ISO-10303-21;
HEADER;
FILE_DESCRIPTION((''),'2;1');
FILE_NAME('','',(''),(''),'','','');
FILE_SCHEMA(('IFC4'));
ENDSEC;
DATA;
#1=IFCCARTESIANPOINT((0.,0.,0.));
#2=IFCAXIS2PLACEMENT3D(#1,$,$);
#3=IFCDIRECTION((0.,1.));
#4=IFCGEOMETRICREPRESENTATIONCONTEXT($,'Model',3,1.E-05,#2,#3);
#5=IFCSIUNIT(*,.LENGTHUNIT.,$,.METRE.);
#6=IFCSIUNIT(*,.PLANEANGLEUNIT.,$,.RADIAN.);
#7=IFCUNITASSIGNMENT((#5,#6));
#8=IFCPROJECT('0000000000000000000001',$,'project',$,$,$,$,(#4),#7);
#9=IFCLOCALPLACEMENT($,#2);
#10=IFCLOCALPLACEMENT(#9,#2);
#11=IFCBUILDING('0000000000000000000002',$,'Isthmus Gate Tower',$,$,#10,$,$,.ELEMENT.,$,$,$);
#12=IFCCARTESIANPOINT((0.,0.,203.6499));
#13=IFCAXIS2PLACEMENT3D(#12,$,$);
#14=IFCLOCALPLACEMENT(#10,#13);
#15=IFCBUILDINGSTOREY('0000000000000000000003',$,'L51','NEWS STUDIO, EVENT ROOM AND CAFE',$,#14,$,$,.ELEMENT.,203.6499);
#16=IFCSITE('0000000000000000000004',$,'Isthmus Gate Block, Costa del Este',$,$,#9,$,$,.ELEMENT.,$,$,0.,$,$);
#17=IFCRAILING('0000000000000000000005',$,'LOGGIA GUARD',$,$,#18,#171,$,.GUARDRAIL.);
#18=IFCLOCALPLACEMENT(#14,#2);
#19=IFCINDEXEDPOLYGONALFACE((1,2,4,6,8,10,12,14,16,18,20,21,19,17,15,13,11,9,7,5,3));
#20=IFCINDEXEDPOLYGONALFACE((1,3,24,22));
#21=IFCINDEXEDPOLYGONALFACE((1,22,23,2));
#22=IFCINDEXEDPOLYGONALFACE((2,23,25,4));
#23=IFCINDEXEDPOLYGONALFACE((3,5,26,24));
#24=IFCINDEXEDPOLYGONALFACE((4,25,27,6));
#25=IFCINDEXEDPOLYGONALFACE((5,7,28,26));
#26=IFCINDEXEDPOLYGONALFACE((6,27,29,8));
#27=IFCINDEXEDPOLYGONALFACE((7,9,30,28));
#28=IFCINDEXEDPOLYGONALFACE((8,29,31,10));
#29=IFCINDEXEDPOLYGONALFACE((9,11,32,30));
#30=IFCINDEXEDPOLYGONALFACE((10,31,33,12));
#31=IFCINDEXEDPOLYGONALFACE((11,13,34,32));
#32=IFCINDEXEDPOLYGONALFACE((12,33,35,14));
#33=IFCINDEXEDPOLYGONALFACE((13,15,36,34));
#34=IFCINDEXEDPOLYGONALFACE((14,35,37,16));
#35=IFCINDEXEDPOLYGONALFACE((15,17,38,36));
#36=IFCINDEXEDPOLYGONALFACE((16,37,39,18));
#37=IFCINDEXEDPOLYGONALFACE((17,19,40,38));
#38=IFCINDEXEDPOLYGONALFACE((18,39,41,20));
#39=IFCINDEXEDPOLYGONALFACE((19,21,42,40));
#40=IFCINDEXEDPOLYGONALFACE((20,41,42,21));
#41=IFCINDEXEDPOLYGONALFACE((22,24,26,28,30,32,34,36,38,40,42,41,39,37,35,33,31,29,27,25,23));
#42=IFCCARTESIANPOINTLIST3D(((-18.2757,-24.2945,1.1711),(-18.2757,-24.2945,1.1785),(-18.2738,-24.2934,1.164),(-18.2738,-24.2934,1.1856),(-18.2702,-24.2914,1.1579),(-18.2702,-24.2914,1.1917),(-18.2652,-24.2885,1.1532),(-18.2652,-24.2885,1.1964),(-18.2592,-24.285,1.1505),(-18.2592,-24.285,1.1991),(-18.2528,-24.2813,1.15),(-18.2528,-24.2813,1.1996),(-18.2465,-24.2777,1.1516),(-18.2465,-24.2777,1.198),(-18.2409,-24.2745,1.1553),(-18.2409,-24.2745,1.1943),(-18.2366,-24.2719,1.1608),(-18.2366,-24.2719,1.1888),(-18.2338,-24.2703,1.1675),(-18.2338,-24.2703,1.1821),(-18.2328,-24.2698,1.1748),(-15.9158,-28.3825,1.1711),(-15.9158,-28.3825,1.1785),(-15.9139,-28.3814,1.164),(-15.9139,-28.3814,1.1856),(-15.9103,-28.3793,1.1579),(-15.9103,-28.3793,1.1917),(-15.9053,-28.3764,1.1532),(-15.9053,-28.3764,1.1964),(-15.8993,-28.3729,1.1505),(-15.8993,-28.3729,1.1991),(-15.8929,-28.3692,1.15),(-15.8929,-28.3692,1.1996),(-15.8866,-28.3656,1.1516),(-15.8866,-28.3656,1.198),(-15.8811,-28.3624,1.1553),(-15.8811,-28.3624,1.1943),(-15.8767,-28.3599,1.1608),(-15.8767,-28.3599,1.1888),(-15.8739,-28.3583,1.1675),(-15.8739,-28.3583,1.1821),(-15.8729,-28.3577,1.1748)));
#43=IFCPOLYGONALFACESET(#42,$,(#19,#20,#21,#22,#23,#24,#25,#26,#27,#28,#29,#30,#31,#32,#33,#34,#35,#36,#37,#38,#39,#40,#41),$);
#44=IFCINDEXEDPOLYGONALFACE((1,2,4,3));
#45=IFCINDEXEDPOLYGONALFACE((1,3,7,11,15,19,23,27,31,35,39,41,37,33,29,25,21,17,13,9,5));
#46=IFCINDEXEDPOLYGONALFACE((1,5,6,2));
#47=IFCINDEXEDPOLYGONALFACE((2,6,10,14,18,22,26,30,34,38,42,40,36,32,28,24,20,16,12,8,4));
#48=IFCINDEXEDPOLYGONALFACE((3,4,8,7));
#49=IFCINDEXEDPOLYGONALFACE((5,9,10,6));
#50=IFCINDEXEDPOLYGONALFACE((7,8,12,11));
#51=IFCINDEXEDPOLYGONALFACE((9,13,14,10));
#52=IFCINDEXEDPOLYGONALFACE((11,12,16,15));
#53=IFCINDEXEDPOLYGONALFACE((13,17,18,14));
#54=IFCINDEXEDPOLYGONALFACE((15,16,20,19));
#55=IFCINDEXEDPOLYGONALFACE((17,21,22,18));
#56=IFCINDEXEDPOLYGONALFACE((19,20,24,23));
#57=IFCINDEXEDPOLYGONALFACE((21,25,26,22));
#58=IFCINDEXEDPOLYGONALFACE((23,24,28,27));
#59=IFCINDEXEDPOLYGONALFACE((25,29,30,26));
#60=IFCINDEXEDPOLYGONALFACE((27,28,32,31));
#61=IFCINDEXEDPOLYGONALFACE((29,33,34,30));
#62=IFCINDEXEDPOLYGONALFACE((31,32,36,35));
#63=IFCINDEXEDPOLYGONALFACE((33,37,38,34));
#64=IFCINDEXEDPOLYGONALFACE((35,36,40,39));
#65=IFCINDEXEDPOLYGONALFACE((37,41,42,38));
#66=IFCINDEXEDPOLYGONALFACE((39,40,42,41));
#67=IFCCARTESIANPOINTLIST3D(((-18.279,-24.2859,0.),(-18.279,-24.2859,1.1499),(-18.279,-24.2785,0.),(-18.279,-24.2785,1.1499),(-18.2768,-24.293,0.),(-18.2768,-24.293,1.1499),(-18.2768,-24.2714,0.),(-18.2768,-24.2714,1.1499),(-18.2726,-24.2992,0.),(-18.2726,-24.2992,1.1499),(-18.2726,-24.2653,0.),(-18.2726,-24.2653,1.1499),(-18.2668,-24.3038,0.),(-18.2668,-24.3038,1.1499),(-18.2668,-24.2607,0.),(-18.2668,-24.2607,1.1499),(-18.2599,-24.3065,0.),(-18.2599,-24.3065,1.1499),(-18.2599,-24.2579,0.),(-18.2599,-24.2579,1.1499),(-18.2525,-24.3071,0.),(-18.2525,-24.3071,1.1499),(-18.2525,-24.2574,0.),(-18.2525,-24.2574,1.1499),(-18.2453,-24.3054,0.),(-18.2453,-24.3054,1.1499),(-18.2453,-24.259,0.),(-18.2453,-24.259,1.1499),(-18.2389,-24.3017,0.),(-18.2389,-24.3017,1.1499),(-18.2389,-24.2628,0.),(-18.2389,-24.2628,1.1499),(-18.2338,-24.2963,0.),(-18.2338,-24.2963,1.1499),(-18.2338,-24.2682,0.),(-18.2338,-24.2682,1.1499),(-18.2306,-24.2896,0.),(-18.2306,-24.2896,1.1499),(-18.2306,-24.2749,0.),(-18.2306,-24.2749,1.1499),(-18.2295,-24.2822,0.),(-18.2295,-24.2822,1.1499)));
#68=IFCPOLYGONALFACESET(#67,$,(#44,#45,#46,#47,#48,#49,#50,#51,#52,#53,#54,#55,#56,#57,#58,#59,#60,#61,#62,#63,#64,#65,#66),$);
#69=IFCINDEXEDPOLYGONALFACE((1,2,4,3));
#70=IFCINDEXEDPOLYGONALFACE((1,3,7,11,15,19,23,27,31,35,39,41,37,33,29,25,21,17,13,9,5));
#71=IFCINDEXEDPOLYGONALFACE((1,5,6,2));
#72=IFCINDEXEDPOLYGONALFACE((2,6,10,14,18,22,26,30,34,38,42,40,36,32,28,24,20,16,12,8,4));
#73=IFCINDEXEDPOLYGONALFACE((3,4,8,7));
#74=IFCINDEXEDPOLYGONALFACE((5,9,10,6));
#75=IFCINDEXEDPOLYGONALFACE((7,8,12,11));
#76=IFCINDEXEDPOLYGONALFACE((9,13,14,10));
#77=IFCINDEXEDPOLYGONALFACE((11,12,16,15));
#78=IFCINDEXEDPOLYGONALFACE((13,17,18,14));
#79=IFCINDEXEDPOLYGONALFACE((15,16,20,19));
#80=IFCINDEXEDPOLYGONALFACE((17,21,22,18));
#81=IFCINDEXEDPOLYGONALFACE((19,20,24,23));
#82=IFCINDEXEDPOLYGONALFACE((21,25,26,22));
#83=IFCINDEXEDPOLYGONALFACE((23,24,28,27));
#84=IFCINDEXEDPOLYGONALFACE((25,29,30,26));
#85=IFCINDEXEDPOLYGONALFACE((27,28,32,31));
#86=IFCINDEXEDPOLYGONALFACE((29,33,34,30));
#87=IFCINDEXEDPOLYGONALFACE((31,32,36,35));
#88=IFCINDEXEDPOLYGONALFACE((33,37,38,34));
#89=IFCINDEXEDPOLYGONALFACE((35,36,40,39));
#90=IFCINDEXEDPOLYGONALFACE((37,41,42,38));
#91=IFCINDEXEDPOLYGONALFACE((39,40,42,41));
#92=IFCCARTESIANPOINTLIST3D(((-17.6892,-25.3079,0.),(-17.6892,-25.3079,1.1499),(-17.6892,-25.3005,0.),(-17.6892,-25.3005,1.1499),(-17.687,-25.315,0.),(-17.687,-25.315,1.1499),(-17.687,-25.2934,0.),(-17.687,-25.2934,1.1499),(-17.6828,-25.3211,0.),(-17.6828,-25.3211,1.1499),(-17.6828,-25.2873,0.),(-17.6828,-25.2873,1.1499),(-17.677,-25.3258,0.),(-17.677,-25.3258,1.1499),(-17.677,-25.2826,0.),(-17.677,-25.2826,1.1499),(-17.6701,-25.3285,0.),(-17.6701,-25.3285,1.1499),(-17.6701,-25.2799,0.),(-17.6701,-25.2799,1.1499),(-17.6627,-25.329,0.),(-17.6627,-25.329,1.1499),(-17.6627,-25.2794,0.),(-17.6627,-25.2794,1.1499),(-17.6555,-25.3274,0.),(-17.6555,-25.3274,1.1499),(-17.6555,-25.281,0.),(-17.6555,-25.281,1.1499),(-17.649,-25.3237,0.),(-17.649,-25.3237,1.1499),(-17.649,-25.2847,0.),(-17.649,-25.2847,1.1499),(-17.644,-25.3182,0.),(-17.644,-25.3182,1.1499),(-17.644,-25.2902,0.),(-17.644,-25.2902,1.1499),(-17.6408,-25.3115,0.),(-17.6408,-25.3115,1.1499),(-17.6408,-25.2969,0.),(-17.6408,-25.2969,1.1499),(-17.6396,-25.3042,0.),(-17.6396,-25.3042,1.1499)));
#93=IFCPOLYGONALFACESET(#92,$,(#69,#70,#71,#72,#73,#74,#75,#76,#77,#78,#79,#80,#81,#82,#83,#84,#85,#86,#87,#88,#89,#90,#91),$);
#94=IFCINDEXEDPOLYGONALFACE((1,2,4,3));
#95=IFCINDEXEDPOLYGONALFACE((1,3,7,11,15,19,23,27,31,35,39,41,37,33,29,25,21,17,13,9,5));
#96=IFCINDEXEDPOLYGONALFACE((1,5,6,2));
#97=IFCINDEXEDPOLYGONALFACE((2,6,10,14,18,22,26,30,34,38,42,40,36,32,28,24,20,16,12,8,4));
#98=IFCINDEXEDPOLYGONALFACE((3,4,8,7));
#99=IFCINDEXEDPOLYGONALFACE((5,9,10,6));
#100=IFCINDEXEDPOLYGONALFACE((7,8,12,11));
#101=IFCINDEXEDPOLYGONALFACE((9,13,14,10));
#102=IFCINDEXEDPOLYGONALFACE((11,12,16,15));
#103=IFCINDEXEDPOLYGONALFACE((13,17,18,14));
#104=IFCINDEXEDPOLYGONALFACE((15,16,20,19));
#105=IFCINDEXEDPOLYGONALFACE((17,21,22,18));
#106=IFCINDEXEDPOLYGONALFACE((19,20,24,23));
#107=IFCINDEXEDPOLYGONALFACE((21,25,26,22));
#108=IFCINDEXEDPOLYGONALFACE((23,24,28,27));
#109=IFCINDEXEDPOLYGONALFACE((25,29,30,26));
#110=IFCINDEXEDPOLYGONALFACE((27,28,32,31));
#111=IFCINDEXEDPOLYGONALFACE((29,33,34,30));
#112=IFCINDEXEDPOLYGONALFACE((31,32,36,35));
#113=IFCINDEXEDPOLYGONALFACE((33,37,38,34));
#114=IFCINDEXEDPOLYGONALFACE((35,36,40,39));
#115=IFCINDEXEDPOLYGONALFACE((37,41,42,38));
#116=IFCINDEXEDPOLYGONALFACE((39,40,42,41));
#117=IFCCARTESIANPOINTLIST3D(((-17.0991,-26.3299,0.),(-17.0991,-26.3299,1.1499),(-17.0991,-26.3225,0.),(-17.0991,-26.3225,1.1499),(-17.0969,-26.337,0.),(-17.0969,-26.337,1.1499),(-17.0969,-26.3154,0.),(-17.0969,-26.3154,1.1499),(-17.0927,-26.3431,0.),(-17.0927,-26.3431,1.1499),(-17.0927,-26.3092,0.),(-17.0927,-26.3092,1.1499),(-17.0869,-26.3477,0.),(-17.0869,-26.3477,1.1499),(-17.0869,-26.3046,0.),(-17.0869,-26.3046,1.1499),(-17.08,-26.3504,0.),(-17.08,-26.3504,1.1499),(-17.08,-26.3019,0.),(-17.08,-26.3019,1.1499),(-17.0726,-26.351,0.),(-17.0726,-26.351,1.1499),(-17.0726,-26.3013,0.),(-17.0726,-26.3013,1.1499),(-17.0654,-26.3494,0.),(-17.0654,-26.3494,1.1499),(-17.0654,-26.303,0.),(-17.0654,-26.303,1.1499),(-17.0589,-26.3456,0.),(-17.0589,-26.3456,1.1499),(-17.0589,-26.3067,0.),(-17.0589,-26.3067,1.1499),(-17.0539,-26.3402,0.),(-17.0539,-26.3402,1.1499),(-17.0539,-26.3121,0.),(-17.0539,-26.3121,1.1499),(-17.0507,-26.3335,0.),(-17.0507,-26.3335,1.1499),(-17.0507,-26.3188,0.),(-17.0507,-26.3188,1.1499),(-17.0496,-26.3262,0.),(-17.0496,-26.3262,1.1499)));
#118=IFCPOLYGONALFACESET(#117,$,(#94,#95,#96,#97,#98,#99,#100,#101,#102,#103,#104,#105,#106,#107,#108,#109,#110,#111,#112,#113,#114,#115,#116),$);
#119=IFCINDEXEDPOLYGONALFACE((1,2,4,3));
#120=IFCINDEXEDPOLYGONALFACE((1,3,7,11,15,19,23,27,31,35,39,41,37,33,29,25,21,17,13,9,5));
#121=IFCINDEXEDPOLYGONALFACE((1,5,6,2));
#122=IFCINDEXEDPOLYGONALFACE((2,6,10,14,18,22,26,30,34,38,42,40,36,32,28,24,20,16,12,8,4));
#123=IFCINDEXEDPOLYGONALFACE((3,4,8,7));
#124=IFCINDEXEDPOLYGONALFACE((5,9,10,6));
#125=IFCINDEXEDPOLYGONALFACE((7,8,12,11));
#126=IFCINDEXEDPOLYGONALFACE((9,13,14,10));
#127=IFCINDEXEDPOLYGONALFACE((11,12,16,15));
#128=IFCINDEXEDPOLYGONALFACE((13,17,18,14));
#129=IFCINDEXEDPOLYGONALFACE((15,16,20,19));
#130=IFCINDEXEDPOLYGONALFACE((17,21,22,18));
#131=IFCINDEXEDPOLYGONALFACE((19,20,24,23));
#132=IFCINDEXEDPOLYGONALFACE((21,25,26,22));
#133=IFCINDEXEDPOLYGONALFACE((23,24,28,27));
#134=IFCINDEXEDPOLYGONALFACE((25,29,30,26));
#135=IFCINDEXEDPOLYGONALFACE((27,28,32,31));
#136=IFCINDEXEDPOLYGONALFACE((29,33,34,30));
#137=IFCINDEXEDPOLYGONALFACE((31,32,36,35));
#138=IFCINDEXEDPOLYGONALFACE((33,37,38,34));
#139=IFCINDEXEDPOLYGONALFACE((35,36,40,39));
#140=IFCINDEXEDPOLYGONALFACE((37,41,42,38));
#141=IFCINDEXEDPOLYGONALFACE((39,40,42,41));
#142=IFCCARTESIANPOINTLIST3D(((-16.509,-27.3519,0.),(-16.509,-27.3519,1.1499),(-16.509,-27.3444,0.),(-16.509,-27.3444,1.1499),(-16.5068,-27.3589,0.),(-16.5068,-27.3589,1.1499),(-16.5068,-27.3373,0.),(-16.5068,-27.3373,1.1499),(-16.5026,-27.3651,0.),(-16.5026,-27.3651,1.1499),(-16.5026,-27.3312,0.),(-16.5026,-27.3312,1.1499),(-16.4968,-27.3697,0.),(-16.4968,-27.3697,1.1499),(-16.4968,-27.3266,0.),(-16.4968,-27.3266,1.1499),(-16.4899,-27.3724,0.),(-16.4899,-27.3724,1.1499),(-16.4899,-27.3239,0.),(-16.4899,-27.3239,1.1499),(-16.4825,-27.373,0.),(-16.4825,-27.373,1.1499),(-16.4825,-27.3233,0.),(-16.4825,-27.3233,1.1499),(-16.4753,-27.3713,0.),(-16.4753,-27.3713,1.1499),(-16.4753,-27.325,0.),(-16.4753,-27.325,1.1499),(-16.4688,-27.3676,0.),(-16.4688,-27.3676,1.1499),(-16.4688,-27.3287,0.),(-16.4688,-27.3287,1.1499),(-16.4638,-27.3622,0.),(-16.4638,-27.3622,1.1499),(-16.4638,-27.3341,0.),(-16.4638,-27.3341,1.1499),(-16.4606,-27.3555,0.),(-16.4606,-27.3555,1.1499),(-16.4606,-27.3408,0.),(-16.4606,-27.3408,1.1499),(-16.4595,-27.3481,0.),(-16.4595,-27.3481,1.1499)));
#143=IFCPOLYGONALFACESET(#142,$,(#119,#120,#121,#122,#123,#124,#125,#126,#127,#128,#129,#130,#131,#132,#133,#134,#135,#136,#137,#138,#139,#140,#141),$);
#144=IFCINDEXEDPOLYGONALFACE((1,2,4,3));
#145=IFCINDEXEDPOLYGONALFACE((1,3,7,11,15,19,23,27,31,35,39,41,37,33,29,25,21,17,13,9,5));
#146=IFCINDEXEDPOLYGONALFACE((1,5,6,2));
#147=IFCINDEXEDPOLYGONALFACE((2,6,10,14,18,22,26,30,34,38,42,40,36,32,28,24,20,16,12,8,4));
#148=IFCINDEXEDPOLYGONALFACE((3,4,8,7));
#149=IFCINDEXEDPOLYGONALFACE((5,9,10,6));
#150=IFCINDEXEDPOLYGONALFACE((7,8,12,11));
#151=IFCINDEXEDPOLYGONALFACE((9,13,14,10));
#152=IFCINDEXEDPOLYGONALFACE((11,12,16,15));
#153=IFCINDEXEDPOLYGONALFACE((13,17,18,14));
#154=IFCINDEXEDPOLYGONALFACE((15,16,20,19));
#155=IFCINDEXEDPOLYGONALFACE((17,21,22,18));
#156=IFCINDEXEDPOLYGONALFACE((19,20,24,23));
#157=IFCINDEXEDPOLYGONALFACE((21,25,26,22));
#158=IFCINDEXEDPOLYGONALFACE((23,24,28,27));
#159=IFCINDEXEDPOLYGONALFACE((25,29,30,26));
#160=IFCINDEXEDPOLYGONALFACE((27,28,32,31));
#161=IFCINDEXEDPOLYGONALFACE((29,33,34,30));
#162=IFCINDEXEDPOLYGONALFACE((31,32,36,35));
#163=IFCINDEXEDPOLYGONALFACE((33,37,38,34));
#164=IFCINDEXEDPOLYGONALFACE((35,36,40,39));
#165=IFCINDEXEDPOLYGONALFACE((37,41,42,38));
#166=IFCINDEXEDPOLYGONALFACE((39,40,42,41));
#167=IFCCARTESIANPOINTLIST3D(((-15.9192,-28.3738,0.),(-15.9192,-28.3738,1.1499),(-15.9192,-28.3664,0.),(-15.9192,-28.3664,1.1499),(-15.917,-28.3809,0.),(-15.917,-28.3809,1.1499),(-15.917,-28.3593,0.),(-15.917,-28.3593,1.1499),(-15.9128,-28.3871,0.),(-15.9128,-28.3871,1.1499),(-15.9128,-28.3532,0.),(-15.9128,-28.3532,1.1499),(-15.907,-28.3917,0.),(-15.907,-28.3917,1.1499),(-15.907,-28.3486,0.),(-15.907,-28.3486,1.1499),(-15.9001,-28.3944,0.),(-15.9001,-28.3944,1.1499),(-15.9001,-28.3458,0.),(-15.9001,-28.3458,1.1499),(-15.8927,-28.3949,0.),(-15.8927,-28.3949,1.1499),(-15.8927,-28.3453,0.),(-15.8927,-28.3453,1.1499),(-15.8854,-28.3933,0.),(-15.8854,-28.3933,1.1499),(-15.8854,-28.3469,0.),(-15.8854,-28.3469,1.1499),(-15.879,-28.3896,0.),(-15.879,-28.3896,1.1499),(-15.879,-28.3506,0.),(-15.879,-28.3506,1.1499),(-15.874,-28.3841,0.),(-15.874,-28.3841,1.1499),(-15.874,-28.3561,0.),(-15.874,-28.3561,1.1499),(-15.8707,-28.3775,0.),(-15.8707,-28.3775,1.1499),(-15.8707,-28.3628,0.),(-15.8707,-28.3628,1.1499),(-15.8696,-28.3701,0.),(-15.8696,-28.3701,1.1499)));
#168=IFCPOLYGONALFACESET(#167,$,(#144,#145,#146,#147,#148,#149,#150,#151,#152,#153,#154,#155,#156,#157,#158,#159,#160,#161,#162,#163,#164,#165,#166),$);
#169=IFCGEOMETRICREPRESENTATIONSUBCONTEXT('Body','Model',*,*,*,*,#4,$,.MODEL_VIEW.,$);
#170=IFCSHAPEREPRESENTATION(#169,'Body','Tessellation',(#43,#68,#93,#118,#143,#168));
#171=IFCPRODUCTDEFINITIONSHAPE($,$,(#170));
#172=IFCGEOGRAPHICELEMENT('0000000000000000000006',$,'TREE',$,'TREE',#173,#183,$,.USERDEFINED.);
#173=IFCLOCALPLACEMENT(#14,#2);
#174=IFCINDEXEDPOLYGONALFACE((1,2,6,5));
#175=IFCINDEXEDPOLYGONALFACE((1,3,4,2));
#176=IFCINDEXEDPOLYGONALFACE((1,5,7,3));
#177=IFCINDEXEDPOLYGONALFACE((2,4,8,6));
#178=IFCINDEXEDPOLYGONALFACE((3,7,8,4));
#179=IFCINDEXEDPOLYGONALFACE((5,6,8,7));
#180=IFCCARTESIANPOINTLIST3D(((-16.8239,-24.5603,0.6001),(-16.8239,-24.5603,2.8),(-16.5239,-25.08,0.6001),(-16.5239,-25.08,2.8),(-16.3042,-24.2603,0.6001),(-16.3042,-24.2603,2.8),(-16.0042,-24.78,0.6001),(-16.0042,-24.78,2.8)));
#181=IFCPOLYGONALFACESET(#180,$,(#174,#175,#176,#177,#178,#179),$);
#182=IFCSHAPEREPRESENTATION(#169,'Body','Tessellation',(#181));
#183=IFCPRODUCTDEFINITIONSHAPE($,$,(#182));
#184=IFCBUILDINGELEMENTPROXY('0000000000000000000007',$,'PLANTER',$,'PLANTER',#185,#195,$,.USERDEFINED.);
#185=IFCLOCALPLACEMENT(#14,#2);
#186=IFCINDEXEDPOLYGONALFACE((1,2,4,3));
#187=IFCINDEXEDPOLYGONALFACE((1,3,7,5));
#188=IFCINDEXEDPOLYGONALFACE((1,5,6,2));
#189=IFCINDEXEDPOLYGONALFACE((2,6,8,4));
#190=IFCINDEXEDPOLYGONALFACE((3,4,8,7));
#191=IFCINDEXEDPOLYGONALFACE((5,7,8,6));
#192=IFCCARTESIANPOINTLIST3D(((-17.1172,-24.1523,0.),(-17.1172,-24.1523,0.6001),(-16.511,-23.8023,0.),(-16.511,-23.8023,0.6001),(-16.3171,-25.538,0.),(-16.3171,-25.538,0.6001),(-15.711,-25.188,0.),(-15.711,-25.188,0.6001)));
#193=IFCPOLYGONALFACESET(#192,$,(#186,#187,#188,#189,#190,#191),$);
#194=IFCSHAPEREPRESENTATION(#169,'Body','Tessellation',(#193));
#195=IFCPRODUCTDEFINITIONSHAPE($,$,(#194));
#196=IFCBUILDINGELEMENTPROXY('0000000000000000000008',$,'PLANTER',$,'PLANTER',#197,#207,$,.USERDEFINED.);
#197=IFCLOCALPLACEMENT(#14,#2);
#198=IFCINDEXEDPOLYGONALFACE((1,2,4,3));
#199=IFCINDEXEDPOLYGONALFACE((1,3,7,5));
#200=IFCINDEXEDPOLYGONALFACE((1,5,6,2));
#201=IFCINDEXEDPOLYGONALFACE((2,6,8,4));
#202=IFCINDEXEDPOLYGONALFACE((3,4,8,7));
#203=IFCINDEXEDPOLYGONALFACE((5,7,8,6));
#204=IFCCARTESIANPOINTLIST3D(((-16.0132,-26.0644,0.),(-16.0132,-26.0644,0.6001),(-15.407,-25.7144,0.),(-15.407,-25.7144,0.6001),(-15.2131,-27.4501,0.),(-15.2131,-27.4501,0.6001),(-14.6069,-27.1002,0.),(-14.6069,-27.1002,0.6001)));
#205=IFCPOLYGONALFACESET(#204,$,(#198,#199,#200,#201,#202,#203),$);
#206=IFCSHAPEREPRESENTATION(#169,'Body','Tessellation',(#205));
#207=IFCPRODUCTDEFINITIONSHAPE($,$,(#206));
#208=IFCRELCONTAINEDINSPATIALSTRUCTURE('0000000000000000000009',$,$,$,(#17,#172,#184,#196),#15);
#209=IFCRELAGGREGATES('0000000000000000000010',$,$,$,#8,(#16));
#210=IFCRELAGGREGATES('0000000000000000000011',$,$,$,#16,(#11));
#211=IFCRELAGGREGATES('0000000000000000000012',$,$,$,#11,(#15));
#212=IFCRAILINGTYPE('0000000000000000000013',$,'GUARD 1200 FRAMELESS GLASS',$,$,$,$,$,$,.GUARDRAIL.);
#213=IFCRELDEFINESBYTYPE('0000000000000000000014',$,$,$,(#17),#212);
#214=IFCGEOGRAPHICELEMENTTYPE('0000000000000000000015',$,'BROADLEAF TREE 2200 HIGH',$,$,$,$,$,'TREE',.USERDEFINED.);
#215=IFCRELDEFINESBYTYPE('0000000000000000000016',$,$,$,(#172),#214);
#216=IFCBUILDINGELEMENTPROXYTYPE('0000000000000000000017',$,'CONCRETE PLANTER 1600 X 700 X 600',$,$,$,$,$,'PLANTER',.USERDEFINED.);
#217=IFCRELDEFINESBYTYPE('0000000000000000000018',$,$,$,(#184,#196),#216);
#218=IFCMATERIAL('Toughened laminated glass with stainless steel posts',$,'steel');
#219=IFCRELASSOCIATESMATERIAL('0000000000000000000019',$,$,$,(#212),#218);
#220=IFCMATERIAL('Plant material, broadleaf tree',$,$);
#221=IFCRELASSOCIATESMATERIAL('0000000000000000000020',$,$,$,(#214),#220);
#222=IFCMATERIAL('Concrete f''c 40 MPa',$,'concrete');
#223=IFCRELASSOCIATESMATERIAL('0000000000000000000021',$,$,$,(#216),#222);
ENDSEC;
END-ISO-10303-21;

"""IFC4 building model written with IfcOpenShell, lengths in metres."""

from ifc_helpers import new_model, si_unit, direction, frame, origin, origin_2d, place, context, subcontext, project, spatial, rectangle, circle, extrude, material, type_object, element, save


model = new_model("IFC4")

# Units and contexts
model_context = context("Model", 3, precision=1e-05, world=origin(), true_north=direction((0.0, 1.0)))
body_context = subcontext(model_context, "Body", "Model", "MODEL_VIEW")
ifc_project = project(units=[si_unit("LENGTHUNIT", "METRE"), si_unit("PLANEANGLEUNIT", "RADIAN")], contexts=[model_context])

# Site, building, storey
site_placement = place(None, origin())
site = spatial("IfcSite", under=ifc_project, at=site_placement, Name="Isthmus Gate Block, Costa del Este", CompositionType="ELEMENT", RefElevation=0.0)
building_placement = place(site_placement, origin())
building = spatial("IfcBuilding", under=site, at=building_placement, Name="Isthmus Gate Tower", CompositionType="ELEMENT")
storey_placement = place(building_placement, frame((0.0, 0.0, 203.6499)))
storey = spatial("IfcBuildingStorey", under=building, at=storey_placement, Name="L51", Description="NEWS STUDIO, EVENT ROOM AND CAFE", CompositionType="ELEMENT", Elevation=203.6499)

# Railing
ifc_material_1 = material(Name="Toughened laminated glass with stainless steel posts", Category="steel")
railing_type = type_object("IfcRailingType", Name="GUARD 1200 FRAMELESS GLASS", PredefinedType="GUARDRAIL", material=ifc_material_1)
railing_placement = place(storey_placement, frame((-18.2544, -24.2822, 0.0)))
element("IfcRailing", 1, at=railing_placement, inside=storey, type_object=railing_type, Name="LOGGIA GUARD", PredefinedType="GUARDRAIL", context=body_context, shape_type="SweptSolid", body=[
    extrude(circle(Radius=0.0249, at=origin_2d()), frame((0.0, 0.0, 1.1748), z_axis=(0.499955, -0.866051, 0.0), x_axis=(0.866051, 0.499955, 0.0)), (0.0, 0.0, 1.0), 4.7202),
    extrude(circle(Radius=0.0249, at=origin_2d()), origin(), (0.0, 0.0, 1.0), 1.1499),
    extrude(circle(Radius=0.0249, at=origin_2d()), frame((0.5898, -1.022, 0.0)), (0.0, 0.0, 1.0), 1.1499),
    extrude(circle(Radius=0.0249, at=origin_2d()), frame((1.1799, -2.0439, 0.0)), (0.0, 0.0, 1.0), 1.1499),
    extrude(circle(Radius=0.0249, at=origin_2d()), frame((1.77, -3.0659, 0.0)), (0.0, 0.0, 1.0), 1.1499),
    extrude(circle(Radius=0.0249, at=origin_2d()), frame((2.3599, -4.0879, 0.0)), (0.0, 0.0, 1.0), 1.1499),
])

# Geographic element
ifc_material_2 = material(Name="Plant material, broadleaf tree")
geographic_element_type = type_object("IfcGeographicElementType", Name="BROADLEAF TREE 2200 HIGH", ElementType="TREE", PredefinedType="USERDEFINED", material=ifc_material_2)
geographic_element_placement = place(storey_placement, frame((-16.4141, -24.6702, 0.6001), z_axis=(0.0, 0.0, 1.0), x_axis=(0.5, -0.866025, 0.0)))
element("IfcGeographicElement", 2, at=geographic_element_placement, inside=storey, type_object=geographic_element_type, Name="TREE", ObjectType="TREE", PredefinedType="USERDEFINED", context=body_context, shape_type="SweptSolid", body=[
    extrude(rectangle(XDim=0.6001, YDim=0.6001, at=origin_2d()), origin(), (0.0, 0.0, 1.0), 2.2),
])

# Building element proxies
ifc_material_3 = material(Name="Concrete f'c 40 MPa", Category="concrete")
building_element_proxy_type = type_object("IfcBuildingElementProxyType", Name="CONCRETE PLANTER 1600 X 700 X 600", ElementType="PLANTER", PredefinedType="USERDEFINED", material=ifc_material_3)
for number, where, z_axis, x_axis, name in (
    (3, (-16.4141, -24.6702, 0.0), (0.0, 0.0, 1.0), (0.5, -0.866025, 0.0), "PLANTER"),
    (4, (-15.3101, -26.5823, 0.0), (0.0, 0.0, 1.0), (0.5, -0.866025, 0.0), "PLANTER"),
):
    element("IfcBuildingElementProxy", number, at=place(storey_placement, frame(where, z_axis=z_axis, x_axis=x_axis)), inside=storey, type_object=building_element_proxy_type, Name=name, ObjectType="PLANTER", PredefinedType="USERDEFINED", context=body_context, shape_type="SweptSolid", body=[
        extrude(rectangle(XDim=1.6001, YDim=0.7, at=origin_2d()), origin(), (0.0, 0.0, 1.0), 0.6001),
    ])

save(model, "model.ifc")
